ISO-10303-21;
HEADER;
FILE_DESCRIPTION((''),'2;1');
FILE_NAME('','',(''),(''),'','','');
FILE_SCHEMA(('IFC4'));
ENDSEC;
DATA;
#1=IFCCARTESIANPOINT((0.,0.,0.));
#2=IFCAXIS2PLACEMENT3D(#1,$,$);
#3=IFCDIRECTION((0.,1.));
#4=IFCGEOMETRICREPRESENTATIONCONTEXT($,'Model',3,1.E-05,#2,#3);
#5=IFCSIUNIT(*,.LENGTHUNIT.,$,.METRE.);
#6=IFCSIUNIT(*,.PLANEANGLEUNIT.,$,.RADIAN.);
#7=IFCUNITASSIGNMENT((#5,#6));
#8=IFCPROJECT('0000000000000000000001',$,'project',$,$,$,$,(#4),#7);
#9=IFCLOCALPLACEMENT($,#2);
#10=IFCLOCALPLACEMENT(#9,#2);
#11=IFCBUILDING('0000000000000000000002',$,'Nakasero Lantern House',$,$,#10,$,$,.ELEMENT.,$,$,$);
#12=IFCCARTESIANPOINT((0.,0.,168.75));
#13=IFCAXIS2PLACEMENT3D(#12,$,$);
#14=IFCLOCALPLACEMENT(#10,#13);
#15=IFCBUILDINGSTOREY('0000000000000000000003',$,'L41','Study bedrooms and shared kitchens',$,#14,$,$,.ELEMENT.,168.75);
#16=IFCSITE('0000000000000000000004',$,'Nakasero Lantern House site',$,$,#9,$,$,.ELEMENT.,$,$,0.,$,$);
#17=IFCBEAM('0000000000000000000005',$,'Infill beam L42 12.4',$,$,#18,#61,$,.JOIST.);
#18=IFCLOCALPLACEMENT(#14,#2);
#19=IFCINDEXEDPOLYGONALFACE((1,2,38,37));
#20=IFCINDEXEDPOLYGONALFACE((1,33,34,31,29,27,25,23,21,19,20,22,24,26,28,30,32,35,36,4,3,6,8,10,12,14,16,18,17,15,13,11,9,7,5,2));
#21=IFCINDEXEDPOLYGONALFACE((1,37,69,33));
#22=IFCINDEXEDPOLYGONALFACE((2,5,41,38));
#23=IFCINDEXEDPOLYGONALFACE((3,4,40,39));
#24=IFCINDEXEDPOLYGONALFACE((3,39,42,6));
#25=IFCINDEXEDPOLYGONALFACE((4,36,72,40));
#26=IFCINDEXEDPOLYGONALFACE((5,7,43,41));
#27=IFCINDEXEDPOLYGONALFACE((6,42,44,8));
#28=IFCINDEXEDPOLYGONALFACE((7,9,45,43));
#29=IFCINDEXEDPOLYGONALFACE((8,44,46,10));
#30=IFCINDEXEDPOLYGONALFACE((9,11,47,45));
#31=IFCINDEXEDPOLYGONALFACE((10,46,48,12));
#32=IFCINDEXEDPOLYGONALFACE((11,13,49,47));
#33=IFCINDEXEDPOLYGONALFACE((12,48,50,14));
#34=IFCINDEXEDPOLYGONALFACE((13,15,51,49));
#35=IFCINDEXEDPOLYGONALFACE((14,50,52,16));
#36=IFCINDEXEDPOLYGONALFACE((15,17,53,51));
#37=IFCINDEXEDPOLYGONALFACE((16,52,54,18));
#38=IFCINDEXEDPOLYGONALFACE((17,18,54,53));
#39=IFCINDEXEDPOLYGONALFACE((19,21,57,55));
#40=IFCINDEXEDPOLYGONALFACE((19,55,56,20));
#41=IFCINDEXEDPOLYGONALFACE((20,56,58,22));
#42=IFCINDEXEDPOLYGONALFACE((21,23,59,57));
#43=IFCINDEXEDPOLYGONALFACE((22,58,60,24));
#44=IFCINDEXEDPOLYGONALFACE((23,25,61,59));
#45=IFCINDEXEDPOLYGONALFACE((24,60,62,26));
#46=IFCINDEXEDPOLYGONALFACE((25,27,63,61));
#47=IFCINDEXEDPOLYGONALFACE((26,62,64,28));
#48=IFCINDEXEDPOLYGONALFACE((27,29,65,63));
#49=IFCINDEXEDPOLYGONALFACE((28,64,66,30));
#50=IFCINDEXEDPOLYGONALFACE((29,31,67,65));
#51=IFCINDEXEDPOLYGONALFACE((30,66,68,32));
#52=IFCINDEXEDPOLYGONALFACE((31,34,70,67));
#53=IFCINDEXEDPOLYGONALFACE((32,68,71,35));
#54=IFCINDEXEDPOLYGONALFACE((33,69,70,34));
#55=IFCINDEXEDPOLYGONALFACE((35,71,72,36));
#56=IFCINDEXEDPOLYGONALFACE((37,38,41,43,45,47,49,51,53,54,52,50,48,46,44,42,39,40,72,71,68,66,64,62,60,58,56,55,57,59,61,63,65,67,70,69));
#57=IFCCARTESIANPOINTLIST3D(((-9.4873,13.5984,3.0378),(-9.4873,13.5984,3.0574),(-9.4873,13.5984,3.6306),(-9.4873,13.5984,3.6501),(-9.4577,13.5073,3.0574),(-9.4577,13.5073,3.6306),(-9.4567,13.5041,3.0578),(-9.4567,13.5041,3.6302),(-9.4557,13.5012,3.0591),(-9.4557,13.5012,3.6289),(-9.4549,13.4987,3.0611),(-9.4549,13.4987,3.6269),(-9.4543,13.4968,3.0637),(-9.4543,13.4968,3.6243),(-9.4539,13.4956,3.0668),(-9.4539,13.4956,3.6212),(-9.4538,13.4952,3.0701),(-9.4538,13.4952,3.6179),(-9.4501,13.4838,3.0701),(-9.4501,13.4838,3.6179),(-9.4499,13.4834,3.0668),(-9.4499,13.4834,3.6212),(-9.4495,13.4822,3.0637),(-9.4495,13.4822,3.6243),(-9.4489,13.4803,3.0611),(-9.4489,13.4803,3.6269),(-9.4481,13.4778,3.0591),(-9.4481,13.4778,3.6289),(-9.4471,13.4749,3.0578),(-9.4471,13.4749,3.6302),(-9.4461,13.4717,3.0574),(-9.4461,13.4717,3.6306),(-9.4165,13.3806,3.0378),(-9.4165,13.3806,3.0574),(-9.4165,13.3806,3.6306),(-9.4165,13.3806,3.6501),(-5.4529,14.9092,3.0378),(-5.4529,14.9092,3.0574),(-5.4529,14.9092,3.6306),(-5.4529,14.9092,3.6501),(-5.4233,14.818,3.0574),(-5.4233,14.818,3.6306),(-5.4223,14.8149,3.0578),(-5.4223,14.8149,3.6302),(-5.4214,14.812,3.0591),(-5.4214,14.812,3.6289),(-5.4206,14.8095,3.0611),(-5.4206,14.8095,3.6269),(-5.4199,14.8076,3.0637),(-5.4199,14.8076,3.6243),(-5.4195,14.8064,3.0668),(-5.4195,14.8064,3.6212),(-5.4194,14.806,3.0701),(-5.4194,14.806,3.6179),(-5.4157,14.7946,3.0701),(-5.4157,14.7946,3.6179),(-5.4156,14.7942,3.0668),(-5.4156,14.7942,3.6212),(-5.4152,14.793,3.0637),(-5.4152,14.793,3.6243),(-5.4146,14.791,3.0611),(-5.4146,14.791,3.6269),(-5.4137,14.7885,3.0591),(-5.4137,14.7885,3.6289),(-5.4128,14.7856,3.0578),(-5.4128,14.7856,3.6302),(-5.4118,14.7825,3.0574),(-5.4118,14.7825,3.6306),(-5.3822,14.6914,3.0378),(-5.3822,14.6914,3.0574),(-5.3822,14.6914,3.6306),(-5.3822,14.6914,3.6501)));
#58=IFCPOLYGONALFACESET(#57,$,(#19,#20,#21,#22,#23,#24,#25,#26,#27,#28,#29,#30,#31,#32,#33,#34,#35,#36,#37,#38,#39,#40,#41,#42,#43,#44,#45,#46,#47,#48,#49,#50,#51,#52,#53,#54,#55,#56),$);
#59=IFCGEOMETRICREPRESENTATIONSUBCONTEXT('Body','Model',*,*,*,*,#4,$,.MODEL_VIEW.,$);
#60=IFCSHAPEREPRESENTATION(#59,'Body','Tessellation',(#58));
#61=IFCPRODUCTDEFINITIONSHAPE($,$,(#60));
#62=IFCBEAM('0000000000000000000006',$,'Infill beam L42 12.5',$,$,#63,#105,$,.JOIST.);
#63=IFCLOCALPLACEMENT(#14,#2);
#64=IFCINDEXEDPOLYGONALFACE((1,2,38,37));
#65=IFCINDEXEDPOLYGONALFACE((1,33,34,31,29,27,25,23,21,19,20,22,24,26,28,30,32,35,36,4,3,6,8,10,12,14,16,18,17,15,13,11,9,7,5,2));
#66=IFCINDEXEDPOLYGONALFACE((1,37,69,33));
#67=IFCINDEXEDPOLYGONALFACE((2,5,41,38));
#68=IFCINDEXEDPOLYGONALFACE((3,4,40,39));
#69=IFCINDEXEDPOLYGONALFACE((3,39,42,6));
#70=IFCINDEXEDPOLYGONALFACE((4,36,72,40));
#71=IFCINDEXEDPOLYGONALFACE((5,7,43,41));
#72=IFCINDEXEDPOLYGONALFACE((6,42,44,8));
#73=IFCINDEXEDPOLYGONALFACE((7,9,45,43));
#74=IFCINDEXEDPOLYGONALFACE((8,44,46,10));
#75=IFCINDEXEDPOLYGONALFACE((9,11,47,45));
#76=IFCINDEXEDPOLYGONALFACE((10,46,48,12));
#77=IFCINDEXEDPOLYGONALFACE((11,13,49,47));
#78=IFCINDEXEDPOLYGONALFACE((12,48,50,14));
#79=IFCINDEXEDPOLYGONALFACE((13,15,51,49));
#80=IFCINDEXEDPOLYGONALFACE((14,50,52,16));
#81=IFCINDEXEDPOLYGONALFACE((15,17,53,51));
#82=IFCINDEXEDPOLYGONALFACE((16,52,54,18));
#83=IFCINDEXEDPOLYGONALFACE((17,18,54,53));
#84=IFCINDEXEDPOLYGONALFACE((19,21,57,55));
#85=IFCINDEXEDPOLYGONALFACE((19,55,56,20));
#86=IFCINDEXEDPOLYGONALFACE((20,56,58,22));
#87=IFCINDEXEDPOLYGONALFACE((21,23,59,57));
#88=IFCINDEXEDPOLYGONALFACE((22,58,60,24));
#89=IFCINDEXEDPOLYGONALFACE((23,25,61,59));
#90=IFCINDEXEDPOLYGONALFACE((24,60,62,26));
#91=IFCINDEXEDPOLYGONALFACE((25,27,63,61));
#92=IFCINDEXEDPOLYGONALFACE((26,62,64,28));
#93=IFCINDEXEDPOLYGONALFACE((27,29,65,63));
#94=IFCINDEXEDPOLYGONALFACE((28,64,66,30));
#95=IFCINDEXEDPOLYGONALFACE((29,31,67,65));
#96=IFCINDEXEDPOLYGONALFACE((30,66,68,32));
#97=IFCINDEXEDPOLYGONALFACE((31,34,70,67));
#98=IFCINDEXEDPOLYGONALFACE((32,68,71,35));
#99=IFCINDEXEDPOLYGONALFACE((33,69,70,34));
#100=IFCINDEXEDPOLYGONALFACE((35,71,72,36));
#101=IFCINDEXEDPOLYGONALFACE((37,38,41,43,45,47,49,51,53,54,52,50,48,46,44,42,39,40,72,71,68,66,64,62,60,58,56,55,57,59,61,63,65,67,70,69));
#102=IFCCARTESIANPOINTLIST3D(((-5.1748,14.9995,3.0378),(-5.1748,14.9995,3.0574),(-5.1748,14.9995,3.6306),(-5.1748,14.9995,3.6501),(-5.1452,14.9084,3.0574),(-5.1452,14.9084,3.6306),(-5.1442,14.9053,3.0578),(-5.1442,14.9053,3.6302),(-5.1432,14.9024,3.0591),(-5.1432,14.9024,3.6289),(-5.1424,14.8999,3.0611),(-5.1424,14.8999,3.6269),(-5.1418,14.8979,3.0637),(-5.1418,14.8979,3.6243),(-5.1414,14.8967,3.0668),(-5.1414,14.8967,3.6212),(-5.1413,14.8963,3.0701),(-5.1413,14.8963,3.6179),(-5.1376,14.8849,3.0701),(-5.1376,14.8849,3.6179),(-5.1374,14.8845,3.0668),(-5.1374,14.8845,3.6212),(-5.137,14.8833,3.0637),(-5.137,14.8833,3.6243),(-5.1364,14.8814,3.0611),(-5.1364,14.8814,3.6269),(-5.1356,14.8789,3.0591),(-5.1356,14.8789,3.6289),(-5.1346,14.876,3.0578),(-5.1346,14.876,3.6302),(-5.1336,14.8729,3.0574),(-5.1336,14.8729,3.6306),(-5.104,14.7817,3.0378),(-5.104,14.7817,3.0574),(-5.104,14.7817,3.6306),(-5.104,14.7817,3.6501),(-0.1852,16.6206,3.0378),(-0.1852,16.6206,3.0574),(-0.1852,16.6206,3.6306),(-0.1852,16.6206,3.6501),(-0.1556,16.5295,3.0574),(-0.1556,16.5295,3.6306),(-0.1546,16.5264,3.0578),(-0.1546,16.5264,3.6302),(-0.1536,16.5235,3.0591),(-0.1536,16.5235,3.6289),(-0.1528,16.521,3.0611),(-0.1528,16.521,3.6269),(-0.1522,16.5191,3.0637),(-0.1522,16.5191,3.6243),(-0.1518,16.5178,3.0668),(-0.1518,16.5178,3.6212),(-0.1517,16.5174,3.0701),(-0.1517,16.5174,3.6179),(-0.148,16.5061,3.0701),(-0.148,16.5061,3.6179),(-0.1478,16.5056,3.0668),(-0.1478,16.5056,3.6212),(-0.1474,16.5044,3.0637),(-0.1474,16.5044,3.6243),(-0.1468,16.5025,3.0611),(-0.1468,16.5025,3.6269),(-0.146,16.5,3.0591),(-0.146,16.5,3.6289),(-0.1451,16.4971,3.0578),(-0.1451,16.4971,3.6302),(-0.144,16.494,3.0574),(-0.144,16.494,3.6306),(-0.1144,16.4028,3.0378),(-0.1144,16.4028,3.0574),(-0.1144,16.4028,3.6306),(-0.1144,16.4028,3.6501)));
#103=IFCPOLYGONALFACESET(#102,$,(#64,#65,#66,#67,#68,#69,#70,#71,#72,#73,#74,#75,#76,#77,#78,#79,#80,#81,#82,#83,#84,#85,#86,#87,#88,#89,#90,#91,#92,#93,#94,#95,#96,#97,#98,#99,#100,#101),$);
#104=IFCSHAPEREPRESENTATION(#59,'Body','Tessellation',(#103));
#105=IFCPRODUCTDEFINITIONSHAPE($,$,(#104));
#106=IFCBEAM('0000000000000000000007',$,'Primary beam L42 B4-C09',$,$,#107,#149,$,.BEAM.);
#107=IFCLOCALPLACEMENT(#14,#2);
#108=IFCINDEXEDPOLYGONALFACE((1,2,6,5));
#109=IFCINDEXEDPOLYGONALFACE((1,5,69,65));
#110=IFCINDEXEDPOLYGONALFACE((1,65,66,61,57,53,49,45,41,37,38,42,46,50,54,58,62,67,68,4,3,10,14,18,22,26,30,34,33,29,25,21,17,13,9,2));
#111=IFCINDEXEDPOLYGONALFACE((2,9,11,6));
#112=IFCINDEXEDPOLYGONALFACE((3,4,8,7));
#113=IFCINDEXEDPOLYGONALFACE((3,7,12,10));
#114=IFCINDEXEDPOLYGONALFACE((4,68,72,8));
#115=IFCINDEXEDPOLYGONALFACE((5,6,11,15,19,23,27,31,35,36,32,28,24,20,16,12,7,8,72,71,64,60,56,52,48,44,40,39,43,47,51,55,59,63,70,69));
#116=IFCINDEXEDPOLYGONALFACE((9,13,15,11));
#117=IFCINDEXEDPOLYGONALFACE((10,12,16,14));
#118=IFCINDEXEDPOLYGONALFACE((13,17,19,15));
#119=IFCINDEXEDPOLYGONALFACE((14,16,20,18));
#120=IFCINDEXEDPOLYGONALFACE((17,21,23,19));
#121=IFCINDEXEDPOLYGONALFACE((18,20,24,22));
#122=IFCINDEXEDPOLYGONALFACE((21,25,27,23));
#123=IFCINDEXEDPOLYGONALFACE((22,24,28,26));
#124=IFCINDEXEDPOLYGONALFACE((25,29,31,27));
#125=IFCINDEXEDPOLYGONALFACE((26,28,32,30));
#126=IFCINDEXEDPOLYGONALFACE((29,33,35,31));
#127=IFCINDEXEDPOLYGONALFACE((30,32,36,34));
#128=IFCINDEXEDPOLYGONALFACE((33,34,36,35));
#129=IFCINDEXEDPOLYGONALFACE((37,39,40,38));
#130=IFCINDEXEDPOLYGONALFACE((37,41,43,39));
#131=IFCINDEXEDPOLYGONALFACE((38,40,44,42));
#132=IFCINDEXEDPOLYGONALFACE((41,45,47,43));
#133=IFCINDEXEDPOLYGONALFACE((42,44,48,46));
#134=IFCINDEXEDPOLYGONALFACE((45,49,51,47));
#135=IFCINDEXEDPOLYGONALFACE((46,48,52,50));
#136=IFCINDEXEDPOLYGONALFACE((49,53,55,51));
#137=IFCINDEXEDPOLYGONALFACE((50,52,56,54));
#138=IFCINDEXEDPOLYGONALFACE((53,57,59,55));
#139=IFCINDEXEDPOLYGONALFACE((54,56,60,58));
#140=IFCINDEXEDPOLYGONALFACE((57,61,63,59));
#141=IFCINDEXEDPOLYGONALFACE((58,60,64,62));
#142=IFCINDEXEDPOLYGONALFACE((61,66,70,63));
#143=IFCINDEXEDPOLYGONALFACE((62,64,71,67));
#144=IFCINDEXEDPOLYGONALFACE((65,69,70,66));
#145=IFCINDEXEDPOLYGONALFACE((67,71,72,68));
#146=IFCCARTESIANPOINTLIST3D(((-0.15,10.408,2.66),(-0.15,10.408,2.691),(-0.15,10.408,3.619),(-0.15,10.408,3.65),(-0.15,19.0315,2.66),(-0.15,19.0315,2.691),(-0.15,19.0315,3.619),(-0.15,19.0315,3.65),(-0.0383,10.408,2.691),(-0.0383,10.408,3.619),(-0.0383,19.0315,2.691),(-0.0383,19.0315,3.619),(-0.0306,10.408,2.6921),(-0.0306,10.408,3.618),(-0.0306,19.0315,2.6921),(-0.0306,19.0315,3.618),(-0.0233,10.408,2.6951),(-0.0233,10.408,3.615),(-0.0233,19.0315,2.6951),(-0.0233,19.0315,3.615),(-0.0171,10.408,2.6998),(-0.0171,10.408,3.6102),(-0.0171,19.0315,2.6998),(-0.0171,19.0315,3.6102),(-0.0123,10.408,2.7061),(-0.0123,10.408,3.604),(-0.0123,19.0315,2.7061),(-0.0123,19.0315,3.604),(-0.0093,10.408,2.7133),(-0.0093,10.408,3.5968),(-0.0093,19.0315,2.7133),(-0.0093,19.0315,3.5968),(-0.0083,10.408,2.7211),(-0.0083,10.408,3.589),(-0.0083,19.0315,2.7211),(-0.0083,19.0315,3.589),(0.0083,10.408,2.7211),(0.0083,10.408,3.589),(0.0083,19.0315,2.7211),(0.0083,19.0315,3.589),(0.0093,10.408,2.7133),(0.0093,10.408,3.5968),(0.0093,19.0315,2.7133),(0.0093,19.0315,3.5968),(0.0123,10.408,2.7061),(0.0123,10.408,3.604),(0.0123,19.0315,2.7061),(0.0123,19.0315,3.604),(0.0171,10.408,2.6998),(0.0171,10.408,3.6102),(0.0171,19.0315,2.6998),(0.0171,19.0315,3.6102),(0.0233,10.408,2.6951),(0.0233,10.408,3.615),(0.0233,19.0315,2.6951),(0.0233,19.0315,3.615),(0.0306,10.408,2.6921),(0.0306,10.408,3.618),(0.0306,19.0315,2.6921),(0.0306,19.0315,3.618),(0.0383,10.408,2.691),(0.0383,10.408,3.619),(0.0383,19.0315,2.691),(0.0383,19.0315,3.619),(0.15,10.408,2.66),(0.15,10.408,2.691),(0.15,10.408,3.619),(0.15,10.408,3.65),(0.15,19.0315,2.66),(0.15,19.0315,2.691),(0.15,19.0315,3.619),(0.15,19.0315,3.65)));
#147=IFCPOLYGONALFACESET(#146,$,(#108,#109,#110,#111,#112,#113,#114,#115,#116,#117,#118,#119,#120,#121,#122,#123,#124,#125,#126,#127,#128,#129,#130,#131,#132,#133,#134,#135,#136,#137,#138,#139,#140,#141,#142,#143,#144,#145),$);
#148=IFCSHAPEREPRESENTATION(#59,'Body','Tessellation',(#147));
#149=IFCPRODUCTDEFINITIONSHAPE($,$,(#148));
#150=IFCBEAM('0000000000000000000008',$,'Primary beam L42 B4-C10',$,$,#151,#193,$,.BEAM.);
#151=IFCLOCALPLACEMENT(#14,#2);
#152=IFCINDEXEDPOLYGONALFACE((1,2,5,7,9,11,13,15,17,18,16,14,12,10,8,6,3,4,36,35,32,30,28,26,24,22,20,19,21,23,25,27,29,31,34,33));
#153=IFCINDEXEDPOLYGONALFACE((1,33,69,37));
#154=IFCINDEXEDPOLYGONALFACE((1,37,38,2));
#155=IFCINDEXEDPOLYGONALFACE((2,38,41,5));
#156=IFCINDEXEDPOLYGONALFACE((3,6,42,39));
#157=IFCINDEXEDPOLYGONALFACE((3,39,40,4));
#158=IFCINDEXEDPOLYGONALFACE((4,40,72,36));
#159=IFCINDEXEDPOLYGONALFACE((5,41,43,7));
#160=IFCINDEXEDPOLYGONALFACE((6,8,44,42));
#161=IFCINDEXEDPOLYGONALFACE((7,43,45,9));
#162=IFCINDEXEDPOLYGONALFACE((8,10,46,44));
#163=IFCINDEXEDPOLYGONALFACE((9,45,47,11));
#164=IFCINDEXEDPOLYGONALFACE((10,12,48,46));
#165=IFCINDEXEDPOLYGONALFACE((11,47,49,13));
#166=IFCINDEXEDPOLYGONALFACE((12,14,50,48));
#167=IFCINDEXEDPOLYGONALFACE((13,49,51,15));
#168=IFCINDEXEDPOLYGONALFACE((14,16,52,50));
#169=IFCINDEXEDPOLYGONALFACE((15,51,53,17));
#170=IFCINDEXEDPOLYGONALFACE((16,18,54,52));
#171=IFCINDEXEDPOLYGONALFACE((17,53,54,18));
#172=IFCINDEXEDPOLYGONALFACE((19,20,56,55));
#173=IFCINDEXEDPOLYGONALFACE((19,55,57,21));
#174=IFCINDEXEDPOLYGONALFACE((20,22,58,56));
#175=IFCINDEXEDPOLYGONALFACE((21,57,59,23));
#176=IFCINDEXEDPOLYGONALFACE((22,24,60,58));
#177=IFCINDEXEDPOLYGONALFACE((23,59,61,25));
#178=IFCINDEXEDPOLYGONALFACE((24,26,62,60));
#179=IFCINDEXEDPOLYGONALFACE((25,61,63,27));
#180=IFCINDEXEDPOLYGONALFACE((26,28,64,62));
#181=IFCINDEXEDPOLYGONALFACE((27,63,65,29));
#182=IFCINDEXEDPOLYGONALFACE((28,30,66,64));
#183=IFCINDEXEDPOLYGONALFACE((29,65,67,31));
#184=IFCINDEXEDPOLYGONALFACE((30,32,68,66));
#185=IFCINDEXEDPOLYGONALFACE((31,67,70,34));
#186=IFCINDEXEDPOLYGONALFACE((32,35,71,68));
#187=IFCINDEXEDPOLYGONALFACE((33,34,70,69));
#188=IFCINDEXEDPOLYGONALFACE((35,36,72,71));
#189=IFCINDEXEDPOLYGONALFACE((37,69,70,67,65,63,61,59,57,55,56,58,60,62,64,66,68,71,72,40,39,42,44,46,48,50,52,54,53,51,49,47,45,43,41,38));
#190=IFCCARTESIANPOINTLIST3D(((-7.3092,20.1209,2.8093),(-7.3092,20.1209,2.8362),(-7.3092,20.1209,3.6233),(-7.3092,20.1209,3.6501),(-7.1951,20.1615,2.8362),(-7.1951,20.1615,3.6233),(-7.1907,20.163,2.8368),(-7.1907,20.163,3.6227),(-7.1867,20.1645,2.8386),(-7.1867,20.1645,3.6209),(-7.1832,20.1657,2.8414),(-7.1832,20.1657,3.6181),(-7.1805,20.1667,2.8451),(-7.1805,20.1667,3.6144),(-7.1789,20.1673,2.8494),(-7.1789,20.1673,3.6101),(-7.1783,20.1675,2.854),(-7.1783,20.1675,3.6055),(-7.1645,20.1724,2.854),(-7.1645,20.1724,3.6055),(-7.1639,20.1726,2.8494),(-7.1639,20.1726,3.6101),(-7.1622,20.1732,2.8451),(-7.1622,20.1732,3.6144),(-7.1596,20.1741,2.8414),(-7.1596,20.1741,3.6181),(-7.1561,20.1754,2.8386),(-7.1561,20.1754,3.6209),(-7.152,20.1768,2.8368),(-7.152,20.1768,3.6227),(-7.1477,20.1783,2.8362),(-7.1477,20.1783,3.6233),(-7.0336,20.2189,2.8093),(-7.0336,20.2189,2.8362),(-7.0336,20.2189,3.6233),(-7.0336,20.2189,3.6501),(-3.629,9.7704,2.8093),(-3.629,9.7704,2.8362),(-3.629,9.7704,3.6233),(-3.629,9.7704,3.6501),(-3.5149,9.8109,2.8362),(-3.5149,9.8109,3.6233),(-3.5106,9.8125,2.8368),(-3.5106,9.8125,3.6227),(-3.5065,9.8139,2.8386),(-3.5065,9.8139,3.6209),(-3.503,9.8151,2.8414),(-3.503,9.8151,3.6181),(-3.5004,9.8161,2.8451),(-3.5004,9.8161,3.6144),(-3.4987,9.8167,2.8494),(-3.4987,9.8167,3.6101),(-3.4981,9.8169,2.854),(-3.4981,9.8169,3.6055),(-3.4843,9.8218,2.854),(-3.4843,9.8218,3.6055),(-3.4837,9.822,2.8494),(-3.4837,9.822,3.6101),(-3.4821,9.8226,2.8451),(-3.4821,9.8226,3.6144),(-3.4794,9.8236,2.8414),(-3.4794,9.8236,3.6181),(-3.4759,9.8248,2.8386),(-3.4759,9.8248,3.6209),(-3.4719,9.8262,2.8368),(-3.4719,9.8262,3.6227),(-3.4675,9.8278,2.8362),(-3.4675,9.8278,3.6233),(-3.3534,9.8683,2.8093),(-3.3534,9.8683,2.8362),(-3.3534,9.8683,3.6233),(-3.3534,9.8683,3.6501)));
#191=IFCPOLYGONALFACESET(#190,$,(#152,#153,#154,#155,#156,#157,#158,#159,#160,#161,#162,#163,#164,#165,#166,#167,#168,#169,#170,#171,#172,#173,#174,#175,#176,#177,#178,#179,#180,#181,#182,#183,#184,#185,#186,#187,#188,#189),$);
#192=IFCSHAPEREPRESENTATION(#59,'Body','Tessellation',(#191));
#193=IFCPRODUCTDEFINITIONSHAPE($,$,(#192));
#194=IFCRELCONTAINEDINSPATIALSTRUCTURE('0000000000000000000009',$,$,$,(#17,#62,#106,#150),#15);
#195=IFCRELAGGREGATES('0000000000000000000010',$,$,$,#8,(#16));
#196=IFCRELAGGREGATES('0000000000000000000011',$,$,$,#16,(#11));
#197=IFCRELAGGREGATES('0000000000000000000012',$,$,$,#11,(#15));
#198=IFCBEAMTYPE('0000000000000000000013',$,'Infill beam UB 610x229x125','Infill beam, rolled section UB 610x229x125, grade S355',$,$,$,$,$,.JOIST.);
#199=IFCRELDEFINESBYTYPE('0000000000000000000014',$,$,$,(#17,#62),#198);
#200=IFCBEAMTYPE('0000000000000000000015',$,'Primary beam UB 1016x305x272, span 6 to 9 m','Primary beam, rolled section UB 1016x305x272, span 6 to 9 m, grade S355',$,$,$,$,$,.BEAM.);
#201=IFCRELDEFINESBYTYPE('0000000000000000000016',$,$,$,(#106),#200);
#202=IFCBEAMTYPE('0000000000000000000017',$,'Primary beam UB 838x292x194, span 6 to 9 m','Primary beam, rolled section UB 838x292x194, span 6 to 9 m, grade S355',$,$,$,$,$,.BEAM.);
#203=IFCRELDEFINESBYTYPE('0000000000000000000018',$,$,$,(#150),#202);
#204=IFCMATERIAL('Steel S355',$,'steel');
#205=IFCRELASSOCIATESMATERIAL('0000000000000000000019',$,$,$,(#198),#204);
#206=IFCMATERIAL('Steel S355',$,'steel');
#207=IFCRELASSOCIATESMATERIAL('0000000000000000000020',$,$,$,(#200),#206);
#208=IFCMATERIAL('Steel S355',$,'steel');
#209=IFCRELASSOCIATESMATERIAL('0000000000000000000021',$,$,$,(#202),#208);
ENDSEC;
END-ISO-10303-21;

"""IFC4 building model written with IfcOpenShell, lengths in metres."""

from ifc_helpers import new_model, si_unit, direction, frame, origin, origin_2d, place, context, subcontext, project, spatial, i_section, extrude, material, material_profile, profile_set, type_object, element, save


model = new_model("IFC4")

# Units and contexts
model_context = context("Model", 3, precision=1e-05, world=origin(), true_north=direction((0.0, 1.0)))
body_context = subcontext(model_context, "Body", "Model", "MODEL_VIEW")
ifc_project = project(units=[si_unit("LENGTHUNIT", "METRE"), si_unit("PLANEANGLEUNIT", "RADIAN")], contexts=[model_context])

# Site, building, storey
site_placement = place(None, origin())
site = spatial("IfcSite", under=ifc_project, at=site_placement, Name="Nakasero Lantern House site", CompositionType="ELEMENT", RefElevation=0.0)
building_placement = place(site_placement, origin())
building = spatial("IfcBuilding", under=site, at=building_placement, Name="Nakasero Lantern House", CompositionType="ELEMENT")
storey_placement = place(building_placement, frame((0.0, 0.0, 168.75)))
storey = spatial("IfcBuildingStorey", under=building, at=storey_placement, Name="L41", Description="Study bedrooms and shared kitchens", CompositionType="ELEMENT", Elevation=168.75)

# Beams
ifc_material_1 = material(Name="Steel S355", Category="steel")
ifc_material_profile_1 = material_profile(ifc_material_1, i_section(OverallWidth=0.229, OverallDepth=0.6123, WebThickness=0.012, FlangeThickness=0.0195, FilletRadius=0.0127, at=origin_2d()), Name="UB 610x229x125")
ifc_profile_set_1 = profile_set([ifc_material_profile_1], Name="Steel S355")
beam_type_1 = type_object("IfcBeamType", Name="Infill beam UB 610x229x125", Description="Infill beam, rolled section UB 610x229x125, grade S355", PredefinedType="JOIST", material=ifc_profile_set_1)
beam_1_placement = place(storey_placement, frame((-9.4519, 13.4895, 3.344), z_axis=(0.951062, 0.309001, 0.0), x_axis=(-0.309001, 0.951062, 0.0)))
element("IfcBeam", 1, at=beam_1_placement, inside=storey, type_object=beam_type_1, Name="Infill beam L42 12.4", PredefinedType="JOIST", context=body_context, shape_type="SweptSolid", body=[
    extrude(i_section(OverallWidth=0.229, OverallDepth=0.6123, WebThickness=0.012, FlangeThickness=0.0195, FilletRadius=0.0127, at=origin_2d()), origin(), (0.0, 0.0, 1.0), 4.2419),
])
beam_2_placement = place(storey_placement, frame((-5.1394, 14.8906, 3.344), z_axis=(0.951062, 0.309001, 0.0), x_axis=(-0.309001, 0.951062, 0.0)))
element("IfcBeam", 2, at=beam_2_placement, inside=storey, type_object=beam_type_1, Name="Infill beam L42 12.5", PredefinedType="JOIST", context=body_context, shape_type="SweptSolid", body=[
    extrude(i_section(OverallWidth=0.229, OverallDepth=0.6123, WebThickness=0.012, FlangeThickness=0.0195, FilletRadius=0.0127, at=origin_2d()), origin(), (0.0, 0.0, 1.0), 5.2463),
])
ifc_material_2 = material(Name="Steel S355", Category="steel")
ifc_material_profile_2 = material_profile(ifc_material_2, i_section(OverallWidth=0.3, OverallDepth=0.99, WebThickness=0.0166, FlangeThickness=0.031, FilletRadius=0.03, at=origin_2d()), Name="UB 1016x305x272")
ifc_profile_set_2 = profile_set([ifc_material_profile_2], Name="Steel S355")
beam_type_2 = type_object("IfcBeamType", Name="Primary beam UB 1016x305x272, span 6 to 9 m", Description="Primary beam, rolled section UB 1016x305x272, span 6 to 9 m, grade S355", PredefinedType="BEAM", material=ifc_profile_set_2)
beam_3_placement = place(storey_placement, frame((0.0, 19.0315, 3.155), z_axis=(0.0, -1.0, 0.0), x_axis=(1.0, 0.0, 0.0)))
element("IfcBeam", 3, at=beam_3_placement, inside=storey, type_object=beam_type_2, Name="Primary beam L42 B4-C09", PredefinedType="BEAM", context=body_context, shape_type="SweptSolid", body=[
    extrude(i_section(OverallWidth=0.3, OverallDepth=0.99, WebThickness=0.0166, FlangeThickness=0.031, FilletRadius=0.03, at=origin_2d()), origin(), (0.0, 0.0, 1.0), 8.6235),
])
ifc_material_3 = material(Name="Steel S355", Category="steel")
ifc_material_profile_3 = material_profile(ifc_material_3, i_section(OverallWidth=0.2925, OverallDepth=0.8408, WebThickness=0.0146, FlangeThickness=0.0269, FilletRadius=0.0178, at=origin_2d()), Name="UB 838x292x194")
ifc_profile_set_3 = profile_set([ifc_material_profile_3], Name="Steel S355")
beam_type_3 = type_object("IfcBeamType", Name="Primary beam UB 838x292x194, span 6 to 9 m", Description="Primary beam, rolled section UB 838x292x194, span 6 to 9 m, grade S355", PredefinedType="BEAM", material=ifc_profile_set_3)
beam_4_placement = place(storey_placement, frame((-7.1714, 20.1699, 3.2297), z_axis=(0.335007, -0.942216, 0.0), x_axis=(0.942216, 0.335007, 0.0)))
element("IfcBeam", 4, at=beam_4_placement, inside=storey, type_object=beam_type_3, Name="Primary beam L42 B4-C10", PredefinedType="BEAM", context=body_context, shape_type="SweptSolid", body=[
    extrude(i_section(OverallWidth=0.2925, OverallDepth=0.8408, WebThickness=0.0146, FlangeThickness=0.0269, FilletRadius=0.0178, at=origin_2d()), origin(), (0.0, 0.0, 1.0), 10.9854),
])

save(model, "model.ifc")
